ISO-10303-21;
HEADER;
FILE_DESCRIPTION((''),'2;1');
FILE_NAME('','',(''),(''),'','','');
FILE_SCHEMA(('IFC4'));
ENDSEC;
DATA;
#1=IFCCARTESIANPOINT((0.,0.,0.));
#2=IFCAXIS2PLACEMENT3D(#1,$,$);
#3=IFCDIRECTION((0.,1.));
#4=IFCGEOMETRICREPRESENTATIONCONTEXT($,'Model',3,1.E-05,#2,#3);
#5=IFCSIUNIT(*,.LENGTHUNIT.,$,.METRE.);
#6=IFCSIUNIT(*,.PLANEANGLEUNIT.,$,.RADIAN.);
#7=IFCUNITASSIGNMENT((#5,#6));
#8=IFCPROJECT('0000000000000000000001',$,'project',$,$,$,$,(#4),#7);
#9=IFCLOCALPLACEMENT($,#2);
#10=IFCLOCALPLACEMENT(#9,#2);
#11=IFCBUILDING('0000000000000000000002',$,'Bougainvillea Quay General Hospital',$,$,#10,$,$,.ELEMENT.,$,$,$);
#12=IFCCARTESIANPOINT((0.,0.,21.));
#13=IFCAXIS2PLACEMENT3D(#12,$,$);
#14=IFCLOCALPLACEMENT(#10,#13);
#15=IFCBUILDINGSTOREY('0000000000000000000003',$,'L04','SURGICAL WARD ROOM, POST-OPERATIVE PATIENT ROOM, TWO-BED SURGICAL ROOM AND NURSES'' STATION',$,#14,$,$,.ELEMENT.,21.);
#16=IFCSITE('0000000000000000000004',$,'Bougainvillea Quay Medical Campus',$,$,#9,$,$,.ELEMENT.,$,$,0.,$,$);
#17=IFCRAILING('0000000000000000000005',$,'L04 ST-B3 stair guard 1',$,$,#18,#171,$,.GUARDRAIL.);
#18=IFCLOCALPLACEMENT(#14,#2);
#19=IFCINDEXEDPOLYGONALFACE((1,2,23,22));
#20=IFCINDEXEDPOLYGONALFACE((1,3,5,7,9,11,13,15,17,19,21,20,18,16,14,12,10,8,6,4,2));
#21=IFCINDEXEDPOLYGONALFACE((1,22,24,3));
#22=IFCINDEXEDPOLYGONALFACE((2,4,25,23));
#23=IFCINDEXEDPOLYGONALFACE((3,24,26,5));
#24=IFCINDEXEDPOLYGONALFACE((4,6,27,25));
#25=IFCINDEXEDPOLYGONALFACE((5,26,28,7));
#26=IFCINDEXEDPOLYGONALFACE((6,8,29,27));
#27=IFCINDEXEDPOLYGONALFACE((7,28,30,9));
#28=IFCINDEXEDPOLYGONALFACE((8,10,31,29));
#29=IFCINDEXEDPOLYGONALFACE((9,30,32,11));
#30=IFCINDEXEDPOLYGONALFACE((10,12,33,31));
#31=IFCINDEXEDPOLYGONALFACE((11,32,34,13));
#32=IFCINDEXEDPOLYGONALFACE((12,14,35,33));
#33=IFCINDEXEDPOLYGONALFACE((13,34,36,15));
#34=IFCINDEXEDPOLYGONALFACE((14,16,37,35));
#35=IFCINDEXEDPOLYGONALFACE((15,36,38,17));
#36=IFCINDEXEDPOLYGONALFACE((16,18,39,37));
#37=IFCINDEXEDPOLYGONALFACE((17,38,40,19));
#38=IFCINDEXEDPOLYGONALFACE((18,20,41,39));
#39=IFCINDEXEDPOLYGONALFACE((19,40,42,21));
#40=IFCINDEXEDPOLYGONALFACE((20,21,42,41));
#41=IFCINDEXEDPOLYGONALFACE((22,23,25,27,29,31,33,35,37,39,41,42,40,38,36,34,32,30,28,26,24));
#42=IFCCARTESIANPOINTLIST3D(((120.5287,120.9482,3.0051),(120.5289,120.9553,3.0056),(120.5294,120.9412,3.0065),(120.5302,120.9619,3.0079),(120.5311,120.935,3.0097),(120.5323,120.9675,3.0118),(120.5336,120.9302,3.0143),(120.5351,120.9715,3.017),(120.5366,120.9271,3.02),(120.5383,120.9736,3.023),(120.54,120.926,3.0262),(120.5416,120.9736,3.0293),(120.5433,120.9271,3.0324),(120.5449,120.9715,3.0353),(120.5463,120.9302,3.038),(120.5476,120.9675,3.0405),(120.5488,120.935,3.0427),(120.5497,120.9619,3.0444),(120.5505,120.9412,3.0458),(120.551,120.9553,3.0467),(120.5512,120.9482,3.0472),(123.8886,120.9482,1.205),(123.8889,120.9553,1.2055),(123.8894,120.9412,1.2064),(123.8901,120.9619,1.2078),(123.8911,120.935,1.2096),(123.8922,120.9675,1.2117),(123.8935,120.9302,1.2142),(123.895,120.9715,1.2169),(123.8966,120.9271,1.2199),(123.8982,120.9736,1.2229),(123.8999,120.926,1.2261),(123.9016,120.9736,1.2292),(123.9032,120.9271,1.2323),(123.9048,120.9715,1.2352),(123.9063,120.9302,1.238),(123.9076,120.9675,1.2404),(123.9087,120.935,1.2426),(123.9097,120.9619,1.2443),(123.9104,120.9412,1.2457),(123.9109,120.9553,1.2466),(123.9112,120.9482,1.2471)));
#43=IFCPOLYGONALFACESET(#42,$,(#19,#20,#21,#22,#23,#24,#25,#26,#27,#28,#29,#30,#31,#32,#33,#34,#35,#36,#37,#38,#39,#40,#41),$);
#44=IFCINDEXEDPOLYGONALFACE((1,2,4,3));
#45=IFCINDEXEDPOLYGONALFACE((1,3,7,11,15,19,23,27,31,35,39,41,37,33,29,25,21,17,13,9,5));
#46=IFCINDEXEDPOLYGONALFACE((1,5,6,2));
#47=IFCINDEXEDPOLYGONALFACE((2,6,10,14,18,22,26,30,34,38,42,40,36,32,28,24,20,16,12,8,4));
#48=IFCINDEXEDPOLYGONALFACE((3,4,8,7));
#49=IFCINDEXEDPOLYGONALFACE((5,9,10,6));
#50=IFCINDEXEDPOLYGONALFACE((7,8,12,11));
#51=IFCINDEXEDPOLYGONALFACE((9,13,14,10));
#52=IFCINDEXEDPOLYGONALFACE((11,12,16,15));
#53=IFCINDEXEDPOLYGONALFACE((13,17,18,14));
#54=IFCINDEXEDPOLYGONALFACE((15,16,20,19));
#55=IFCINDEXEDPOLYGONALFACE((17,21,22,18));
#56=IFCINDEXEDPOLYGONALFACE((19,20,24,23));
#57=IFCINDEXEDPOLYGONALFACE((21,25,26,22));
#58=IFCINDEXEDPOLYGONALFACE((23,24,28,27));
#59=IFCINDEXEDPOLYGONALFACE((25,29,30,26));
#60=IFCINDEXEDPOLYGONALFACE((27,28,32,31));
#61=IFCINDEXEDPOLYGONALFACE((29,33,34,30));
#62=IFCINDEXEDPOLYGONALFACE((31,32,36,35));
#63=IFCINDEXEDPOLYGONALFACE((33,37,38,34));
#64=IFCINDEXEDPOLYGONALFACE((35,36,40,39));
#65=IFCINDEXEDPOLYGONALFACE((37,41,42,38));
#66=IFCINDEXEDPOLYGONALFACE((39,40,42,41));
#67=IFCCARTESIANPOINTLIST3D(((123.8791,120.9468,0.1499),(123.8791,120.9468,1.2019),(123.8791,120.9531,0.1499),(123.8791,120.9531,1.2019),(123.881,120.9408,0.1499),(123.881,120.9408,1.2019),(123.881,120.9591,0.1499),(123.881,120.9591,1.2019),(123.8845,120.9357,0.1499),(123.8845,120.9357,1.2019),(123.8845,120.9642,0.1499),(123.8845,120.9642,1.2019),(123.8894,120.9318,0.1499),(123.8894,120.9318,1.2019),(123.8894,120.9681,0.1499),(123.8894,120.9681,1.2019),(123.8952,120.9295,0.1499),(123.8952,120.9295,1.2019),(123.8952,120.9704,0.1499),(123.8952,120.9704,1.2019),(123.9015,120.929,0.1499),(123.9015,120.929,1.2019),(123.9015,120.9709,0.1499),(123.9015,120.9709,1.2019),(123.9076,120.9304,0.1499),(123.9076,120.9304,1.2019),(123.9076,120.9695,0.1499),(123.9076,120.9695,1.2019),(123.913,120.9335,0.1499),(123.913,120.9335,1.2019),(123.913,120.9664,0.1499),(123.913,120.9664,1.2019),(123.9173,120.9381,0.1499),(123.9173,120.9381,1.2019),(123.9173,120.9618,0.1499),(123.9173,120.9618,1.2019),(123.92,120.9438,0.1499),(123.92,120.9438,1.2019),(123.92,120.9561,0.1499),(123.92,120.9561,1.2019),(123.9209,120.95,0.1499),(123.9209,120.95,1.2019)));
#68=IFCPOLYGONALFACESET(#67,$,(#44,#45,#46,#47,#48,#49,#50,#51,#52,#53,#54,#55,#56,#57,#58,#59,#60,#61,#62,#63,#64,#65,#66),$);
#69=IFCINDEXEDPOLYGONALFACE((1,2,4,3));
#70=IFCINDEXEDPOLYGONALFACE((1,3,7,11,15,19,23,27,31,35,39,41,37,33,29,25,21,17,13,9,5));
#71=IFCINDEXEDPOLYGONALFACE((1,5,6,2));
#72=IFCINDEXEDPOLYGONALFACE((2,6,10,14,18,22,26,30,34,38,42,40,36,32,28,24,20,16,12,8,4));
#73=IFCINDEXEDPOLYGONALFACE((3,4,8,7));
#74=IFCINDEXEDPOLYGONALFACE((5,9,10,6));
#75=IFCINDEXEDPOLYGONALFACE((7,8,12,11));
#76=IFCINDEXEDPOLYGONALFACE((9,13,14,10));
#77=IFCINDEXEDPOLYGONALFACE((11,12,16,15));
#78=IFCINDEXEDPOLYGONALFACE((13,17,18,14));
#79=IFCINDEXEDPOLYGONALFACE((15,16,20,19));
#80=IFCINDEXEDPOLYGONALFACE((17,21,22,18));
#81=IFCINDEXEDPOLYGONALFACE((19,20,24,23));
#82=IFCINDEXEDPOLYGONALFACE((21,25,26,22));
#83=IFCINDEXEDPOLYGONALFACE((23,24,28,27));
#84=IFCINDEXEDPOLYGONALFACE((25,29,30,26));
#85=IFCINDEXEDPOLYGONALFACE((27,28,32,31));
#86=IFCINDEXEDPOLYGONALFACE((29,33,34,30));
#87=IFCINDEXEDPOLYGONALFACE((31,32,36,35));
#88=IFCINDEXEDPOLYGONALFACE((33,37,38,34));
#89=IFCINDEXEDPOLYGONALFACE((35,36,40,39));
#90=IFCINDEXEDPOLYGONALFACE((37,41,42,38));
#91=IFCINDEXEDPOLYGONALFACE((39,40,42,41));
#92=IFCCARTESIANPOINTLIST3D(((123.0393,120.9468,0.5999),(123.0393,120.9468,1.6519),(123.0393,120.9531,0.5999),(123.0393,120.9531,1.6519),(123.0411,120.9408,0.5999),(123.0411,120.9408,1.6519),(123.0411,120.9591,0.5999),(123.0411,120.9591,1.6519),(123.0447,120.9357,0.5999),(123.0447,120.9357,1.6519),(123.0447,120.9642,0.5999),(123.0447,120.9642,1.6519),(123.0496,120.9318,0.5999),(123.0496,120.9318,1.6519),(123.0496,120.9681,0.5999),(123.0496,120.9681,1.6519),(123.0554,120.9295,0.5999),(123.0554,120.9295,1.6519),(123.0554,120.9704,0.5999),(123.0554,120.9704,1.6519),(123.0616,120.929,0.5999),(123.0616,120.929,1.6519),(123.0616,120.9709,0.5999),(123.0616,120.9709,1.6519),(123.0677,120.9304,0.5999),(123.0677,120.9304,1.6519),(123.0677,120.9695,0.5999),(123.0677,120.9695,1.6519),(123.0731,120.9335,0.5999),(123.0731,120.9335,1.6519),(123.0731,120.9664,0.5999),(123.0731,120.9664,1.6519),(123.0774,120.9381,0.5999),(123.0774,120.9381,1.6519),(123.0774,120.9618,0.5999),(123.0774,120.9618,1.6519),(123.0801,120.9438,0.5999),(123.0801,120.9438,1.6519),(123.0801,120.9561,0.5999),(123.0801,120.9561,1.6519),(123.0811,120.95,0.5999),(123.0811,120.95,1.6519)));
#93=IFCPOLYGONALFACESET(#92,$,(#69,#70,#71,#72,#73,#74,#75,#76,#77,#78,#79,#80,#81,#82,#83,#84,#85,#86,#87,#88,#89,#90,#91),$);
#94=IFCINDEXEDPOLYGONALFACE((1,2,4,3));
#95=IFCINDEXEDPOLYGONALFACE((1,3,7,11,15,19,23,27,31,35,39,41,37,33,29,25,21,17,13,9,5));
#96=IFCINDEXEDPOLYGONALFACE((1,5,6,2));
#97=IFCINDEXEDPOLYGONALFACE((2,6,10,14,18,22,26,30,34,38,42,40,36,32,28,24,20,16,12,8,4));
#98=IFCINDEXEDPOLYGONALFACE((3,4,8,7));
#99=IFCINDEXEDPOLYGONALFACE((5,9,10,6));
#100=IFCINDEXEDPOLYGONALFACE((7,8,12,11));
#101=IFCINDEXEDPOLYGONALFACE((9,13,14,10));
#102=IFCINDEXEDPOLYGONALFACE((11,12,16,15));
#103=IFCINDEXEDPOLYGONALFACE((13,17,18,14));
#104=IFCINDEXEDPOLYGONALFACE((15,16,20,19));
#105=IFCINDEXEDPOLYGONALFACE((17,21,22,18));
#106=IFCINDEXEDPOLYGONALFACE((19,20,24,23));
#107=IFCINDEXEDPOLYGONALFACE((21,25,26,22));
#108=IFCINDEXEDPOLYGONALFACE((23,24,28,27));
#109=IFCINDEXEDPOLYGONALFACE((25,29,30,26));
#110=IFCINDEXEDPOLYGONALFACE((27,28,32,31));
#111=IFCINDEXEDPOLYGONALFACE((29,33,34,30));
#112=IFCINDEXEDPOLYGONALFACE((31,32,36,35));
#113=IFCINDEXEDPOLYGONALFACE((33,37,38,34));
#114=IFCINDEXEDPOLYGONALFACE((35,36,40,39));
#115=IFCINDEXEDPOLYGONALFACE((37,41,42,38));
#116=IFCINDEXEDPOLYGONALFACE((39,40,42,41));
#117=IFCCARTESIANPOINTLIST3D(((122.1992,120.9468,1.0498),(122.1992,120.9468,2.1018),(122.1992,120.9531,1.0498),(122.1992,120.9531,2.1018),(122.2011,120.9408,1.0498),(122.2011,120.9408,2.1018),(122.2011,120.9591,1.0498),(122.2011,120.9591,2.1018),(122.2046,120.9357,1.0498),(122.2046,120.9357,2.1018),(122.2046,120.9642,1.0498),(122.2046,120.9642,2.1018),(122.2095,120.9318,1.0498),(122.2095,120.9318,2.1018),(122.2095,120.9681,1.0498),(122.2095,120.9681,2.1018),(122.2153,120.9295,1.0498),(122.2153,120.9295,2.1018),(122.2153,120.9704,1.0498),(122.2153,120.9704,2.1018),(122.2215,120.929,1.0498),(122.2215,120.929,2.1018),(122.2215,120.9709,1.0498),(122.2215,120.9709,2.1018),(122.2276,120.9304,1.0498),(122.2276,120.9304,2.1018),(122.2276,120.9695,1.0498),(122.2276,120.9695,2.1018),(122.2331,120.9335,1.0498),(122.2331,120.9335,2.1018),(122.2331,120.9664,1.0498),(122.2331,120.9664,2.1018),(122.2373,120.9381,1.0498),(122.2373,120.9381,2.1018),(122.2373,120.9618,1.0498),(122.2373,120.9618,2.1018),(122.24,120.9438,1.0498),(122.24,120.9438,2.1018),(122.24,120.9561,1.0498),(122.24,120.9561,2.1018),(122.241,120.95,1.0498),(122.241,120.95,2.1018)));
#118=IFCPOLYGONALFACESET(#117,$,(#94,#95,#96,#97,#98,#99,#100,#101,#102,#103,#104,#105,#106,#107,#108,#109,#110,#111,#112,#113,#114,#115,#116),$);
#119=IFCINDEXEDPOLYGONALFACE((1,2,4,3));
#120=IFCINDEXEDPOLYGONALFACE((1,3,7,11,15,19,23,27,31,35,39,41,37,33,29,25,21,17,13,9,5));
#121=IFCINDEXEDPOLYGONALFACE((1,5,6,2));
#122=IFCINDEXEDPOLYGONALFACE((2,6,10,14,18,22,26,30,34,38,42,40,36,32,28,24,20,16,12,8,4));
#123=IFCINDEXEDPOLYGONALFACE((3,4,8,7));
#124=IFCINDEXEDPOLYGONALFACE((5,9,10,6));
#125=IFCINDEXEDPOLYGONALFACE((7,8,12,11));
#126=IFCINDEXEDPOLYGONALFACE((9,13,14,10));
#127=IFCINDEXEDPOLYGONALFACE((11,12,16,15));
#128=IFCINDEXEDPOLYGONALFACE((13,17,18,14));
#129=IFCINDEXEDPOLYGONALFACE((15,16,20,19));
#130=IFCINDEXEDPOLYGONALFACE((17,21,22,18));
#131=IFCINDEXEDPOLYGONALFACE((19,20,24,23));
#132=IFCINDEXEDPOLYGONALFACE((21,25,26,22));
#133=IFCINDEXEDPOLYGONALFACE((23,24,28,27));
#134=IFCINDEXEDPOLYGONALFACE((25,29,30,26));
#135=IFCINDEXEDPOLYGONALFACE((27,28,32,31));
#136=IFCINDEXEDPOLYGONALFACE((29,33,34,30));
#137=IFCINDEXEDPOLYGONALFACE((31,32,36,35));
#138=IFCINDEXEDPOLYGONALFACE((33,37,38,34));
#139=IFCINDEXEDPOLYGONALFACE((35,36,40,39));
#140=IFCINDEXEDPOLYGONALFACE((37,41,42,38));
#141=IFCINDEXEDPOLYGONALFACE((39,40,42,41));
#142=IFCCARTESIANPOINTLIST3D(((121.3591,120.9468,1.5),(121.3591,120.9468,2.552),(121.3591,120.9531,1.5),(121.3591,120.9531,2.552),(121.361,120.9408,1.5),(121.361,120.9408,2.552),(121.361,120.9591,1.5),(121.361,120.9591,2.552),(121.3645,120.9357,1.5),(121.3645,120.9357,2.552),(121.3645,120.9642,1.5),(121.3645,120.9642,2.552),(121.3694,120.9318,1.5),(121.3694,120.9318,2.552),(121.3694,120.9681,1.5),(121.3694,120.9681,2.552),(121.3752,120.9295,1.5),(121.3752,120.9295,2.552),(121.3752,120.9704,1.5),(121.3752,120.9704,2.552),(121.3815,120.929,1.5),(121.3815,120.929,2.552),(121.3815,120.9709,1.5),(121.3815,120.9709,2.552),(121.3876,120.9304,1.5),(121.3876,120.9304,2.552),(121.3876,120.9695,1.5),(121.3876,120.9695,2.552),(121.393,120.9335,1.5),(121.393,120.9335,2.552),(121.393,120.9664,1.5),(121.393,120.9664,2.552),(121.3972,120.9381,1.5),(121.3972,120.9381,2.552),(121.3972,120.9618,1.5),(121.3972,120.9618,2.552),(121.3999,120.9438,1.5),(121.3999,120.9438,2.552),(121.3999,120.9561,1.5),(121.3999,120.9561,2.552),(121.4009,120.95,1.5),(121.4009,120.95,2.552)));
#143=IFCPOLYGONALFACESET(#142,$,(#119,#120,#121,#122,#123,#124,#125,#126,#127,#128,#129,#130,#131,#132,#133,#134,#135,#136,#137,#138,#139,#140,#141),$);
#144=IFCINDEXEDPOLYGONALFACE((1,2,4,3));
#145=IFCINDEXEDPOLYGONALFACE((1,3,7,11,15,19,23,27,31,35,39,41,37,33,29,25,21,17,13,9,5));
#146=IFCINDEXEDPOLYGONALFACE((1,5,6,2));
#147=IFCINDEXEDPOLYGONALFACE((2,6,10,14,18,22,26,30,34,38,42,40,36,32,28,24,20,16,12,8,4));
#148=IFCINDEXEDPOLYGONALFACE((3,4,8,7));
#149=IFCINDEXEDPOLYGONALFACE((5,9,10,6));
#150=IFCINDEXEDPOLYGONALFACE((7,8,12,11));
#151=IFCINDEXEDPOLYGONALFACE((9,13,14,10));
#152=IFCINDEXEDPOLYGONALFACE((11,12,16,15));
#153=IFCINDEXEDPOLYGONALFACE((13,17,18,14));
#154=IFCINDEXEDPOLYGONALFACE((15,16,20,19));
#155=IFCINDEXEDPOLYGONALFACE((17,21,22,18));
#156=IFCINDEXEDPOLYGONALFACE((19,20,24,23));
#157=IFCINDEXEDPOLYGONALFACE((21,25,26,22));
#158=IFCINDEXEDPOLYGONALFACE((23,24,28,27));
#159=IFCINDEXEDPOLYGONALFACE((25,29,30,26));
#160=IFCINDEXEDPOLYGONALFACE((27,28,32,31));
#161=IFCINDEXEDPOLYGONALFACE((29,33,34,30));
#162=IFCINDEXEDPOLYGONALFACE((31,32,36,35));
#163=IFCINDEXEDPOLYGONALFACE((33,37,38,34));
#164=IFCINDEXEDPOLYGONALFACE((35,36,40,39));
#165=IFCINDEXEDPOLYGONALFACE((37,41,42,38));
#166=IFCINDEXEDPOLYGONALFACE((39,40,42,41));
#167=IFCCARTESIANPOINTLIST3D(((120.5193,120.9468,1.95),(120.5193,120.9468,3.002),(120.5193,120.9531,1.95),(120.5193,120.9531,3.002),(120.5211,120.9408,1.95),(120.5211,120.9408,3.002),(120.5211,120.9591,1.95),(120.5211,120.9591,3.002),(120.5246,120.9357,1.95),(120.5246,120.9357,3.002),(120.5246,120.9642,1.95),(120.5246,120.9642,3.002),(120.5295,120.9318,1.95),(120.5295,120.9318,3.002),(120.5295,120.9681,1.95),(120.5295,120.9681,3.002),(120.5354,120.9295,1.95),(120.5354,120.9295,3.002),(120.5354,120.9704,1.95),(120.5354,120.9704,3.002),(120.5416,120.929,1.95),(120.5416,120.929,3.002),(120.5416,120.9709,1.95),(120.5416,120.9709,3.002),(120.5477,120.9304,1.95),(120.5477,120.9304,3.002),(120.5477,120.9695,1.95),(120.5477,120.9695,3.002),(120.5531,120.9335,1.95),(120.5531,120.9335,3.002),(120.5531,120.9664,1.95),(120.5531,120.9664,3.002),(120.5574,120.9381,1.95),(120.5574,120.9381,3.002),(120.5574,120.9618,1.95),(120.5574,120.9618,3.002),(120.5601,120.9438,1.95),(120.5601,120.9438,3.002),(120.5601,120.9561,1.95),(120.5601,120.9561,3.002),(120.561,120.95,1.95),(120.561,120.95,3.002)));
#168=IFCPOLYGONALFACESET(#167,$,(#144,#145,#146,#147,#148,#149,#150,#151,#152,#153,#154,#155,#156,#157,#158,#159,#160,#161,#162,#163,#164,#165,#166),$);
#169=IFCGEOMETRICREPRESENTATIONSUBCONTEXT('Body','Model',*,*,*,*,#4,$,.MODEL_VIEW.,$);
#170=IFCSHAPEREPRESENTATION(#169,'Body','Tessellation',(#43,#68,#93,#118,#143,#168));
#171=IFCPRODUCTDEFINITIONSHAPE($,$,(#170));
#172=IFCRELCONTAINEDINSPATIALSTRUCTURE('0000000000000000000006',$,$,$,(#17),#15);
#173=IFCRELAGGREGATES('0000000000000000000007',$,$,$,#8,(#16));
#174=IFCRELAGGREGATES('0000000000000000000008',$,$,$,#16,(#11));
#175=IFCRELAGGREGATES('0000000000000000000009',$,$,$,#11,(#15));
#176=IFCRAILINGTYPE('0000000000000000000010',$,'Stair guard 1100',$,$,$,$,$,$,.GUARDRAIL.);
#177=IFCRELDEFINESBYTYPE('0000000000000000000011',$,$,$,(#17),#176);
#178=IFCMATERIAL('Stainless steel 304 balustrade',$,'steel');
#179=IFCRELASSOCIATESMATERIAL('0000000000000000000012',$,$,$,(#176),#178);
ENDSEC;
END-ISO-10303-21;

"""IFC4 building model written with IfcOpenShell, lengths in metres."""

from ifc_helpers import new_model, si_unit, direction, frame, origin, origin_2d, place, context, subcontext, project, spatial, circle, extrude, material, type_object, element, save


model = new_model("IFC4")

# Units and contexts
model_context = context("Model", 3, precision=1e-05, world=origin(), true_north=direction((0.0, 1.0)))
body_context = subcontext(model_context, "Body", "Model", "MODEL_VIEW")
ifc_project = project(units=[si_unit("LENGTHUNIT", "METRE"), si_unit("PLANEANGLEUNIT", "RADIAN")], contexts=[model_context])

# Site, building, storey
site_placement = place(None, origin())
site = spatial("IfcSite", under=ifc_project, at=site_placement, Name="Bougainvillea Quay Medical Campus", CompositionType="ELEMENT", RefElevation=0.0)
building_placement = place(site_placement, origin())
building = spatial("IfcBuilding", under=site, at=building_placement, Name="Bougainvillea Quay General Hospital", CompositionType="ELEMENT")
storey_placement = place(building_placement, frame((0.0, 0.0, 21.0)))
storey = spatial("IfcBuildingStorey", under=building, at=storey_placement, Name="L04", Description="SURGICAL WARD ROOM, POST-OPERATIVE PATIENT ROOM, TWO-BED SURGICAL ROOM AND NURSES' STATION", CompositionType="ELEMENT", Elevation=21.0)

# Railing
ifc_material_1 = material(Name="Stainless steel 304 balustrade", Category="steel")
railing_type_1 = type_object("IfcRailingType", Name="Stair guard 1100", PredefinedType="GUARDRAIL", material=ifc_material_1)
railing_1_placement = place(storey_placement, frame((123.8999, 120.95, 0.1499)))
element("IfcRailing", 1, at=railing_1_placement, inside=storey, type_object=railing_type_1, Name="L04 ST-B3 stair guard 1", PredefinedType="GUARDRAIL", context=body_context, shape_type="SweptSolid", body=[
    extrude(circle(Radius=0.0239, at=origin_2d()), frame((0.0, 0.0, 1.0762), z_axis=(-0.881467, 0.0, 0.472246), x_axis=(0.0, -1.0, 0.0)), (0.0, 0.0, 1.0), 3.8118),
    extrude(circle(Radius=0.021, at=origin_2d()), origin(), (0.0, 0.0, 1.0), 1.052),
    extrude(circle(Radius=0.021, at=origin_2d()), frame((-0.8398, 0.0, 0.45)), (0.0, 0.0, 1.0), 1.052),
    extrude(circle(Radius=0.021, at=origin_2d()), frame((-1.6799, 0.0, 0.8999)), (0.0, 0.0, 1.0), 1.052),
    extrude(circle(Radius=0.021, at=origin_2d()), frame((-2.52, 0.0, 1.3501)), (0.0, 0.0, 1.0), 1.052),
    extrude(circle(Radius=0.021, at=origin_2d()), frame((-3.3599, 0.0, 1.8)), (0.0, 0.0, 1.0), 1.052),
])

save(model, "model.ifc")
